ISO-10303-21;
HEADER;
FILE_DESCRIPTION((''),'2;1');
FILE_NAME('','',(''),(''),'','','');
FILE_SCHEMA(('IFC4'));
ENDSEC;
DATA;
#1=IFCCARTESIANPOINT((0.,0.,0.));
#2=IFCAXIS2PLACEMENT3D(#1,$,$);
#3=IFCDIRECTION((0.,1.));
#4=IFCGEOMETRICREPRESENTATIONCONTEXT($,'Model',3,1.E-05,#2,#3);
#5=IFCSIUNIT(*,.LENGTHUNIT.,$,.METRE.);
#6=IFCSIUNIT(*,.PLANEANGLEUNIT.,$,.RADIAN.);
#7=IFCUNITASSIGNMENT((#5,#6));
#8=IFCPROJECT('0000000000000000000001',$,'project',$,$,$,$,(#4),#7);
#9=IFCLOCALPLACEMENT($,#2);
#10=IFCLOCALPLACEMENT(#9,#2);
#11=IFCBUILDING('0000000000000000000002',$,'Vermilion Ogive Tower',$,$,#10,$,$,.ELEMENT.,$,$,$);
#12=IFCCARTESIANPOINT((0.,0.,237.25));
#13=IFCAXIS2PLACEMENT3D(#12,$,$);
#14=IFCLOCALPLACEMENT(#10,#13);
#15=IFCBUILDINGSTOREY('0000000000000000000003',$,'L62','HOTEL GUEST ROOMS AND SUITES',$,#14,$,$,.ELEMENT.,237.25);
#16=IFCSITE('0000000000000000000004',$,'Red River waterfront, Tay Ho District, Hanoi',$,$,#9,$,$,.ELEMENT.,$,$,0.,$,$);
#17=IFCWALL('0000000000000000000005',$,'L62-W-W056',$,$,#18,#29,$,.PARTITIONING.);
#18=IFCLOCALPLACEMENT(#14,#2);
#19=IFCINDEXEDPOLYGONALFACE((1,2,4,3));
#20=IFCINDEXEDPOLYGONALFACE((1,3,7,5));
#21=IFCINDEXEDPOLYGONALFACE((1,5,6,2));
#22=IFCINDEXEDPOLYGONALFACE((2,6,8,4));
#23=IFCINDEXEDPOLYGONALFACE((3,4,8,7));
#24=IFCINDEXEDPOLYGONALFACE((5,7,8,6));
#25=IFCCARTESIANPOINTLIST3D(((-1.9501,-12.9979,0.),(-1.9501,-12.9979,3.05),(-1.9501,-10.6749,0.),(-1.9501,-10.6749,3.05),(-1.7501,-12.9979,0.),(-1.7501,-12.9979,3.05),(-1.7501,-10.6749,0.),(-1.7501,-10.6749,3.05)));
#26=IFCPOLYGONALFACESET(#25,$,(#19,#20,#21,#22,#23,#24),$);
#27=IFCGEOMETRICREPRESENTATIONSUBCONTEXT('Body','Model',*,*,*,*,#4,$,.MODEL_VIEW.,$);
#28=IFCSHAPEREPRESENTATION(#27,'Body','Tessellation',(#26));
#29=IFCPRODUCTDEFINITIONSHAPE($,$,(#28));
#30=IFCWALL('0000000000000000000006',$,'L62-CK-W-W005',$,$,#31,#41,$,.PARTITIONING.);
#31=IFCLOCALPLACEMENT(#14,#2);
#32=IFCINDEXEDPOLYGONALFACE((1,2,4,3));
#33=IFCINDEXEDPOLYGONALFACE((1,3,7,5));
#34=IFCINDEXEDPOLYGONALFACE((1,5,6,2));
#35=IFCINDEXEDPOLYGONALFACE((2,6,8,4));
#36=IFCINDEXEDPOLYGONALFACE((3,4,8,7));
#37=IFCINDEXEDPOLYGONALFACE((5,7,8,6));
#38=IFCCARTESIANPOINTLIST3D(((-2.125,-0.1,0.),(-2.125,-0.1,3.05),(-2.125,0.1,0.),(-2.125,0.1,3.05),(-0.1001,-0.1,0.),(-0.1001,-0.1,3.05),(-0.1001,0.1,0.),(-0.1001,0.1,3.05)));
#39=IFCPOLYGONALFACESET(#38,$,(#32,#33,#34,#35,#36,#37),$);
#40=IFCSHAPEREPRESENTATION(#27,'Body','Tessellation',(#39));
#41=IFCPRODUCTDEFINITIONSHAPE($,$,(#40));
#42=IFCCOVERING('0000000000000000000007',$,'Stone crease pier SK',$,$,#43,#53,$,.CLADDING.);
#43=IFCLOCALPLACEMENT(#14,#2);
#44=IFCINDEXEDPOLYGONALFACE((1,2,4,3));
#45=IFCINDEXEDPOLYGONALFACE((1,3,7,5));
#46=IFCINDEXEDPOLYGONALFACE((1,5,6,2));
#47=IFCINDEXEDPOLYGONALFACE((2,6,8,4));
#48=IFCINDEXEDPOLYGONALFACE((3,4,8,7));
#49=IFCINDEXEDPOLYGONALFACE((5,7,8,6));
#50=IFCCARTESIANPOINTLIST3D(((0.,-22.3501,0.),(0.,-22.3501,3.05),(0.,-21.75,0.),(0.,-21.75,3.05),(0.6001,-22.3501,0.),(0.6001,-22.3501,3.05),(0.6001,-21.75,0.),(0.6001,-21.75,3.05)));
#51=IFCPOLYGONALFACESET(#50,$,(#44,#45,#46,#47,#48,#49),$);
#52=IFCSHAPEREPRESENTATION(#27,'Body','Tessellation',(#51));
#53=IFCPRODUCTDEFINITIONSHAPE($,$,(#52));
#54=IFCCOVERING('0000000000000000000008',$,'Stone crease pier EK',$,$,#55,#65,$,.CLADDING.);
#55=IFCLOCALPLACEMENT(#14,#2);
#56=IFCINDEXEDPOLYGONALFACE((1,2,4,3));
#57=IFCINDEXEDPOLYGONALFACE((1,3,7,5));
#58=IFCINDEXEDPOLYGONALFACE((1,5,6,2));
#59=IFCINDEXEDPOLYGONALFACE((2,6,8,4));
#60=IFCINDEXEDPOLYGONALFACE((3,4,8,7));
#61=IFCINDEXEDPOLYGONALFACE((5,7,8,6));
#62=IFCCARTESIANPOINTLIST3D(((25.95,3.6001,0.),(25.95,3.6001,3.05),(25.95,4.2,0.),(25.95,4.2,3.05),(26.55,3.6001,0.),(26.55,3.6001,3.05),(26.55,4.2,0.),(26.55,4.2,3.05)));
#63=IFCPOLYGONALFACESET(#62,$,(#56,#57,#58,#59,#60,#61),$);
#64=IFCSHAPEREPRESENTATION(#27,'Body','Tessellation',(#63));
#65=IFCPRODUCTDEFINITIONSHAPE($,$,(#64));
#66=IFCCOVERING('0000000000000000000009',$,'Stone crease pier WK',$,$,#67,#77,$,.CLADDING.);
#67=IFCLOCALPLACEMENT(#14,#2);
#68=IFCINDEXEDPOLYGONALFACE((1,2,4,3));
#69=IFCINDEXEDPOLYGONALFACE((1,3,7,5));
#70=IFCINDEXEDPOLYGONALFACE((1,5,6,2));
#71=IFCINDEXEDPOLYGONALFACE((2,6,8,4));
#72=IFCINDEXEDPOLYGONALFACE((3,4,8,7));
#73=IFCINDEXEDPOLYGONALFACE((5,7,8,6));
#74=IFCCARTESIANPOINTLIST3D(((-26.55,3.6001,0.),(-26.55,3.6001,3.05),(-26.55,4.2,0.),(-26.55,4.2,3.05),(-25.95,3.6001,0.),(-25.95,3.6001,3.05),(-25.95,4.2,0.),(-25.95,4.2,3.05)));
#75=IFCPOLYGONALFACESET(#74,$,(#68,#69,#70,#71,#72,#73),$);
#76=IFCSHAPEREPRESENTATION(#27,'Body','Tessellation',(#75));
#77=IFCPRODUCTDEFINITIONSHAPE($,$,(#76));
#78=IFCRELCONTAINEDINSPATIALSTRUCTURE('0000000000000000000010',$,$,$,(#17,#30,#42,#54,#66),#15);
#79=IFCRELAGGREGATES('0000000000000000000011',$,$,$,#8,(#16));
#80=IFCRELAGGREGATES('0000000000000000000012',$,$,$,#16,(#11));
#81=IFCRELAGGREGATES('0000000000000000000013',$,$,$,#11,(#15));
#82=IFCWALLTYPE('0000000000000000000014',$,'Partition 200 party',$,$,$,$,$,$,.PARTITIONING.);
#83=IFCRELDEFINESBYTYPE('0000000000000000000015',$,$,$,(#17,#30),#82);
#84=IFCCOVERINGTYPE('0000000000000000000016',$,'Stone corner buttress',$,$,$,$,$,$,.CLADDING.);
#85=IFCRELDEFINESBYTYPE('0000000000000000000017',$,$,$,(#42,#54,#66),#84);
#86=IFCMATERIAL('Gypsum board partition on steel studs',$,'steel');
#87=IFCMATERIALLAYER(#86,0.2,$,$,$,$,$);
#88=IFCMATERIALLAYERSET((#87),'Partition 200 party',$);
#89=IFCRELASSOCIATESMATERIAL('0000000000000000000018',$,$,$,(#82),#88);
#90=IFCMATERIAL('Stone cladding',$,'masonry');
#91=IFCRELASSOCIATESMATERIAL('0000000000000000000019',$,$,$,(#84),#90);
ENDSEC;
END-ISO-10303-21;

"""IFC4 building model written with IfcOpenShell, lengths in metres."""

from ifc_helpers import new_model, si_unit, direction, frame, frame_2d, origin, place, context, subcontext, project, spatial, polyline, rectangle, outline, extrude, material, layer, layer_set, type_object, element, save


model = new_model("IFC4")

# Units and contexts
model_context = context("Model", 3, precision=1e-05, world=origin(), true_north=direction((0.0, 1.0)))
body_context = subcontext(model_context, "Body", "Model", "MODEL_VIEW")
ifc_project = project(units=[si_unit("LENGTHUNIT", "METRE"), si_unit("PLANEANGLEUNIT", "RADIAN")], contexts=[model_context])

# Site, building, storey
site_placement = place(None, origin())
site = spatial("IfcSite", under=ifc_project, at=site_placement, Name="Red River waterfront, Tay Ho District, Hanoi", CompositionType="ELEMENT", RefElevation=0.0)
building_placement = place(site_placement, origin())
building = spatial("IfcBuilding", under=site, at=building_placement, Name="Vermilion Ogive Tower", CompositionType="ELEMENT")
storey_placement = place(building_placement, frame((0.0, 0.0, 237.25)))
storey = spatial("IfcBuildingStorey", under=building, at=storey_placement, Name="L62", Description="HOTEL GUEST ROOMS AND SUITES", CompositionType="ELEMENT", Elevation=237.25)

# Walls
ifc_material_1 = material(Name="Gypsum board partition on steel studs", Category="steel")
ifc_layer_1 = layer(ifc_material_1, 0.2)
ifc_layer_set_1 = layer_set([ifc_layer_1], Name="Partition 200 party")
wall_type = type_object("IfcWallType", Name="Partition 200 party", PredefinedType="PARTITIONING", material=ifc_layer_set_1)
wall_1_placement = place(storey_placement, frame((-1.8501, -12.998, 0.0), z_axis=(0.0, 0.0, 1.0), x_axis=(0.0, 1.0, 0.0)))
element("IfcWall", 1, at=wall_1_placement, inside=storey, type_object=wall_type, Name="L62-W-W056", PredefinedType="PARTITIONING", context=body_context, shape_type="SweptSolid", body=[
    extrude(rectangle(XDim=2.323, YDim=0.2, at=frame_2d((1.1616, 0.0))), origin(), (0.0, 0.0, 1.0), 3.05),
])
wall_2_placement = place(storey_placement, frame((-2.125, 0.0, 0.0), z_axis=(0.0, 0.0, 1.0), x_axis=(1.0, 0.0, 0.0)))
element("IfcWall", 2, at=wall_2_placement, inside=storey, type_object=wall_type, Name="L62-CK-W-W005", PredefinedType="PARTITIONING", context=body_context, shape_type="SweptSolid", body=[
    extrude(rectangle(XDim=2.0249, YDim=0.2, at=frame_2d((1.0125, 0.0))), origin(), (0.0, 0.0, 1.0), 3.05),
])

# Coverings
ifc_material_2 = material(Name="Stone cladding", Category="masonry")
covering_type = type_object("IfcCoveringType", Name="Stone corner buttress", PredefinedType="CLADDING", material=ifc_material_2)
covering_1_placement = place(storey_placement, origin())
element("IfcCovering", 3, at=covering_1_placement, inside=storey, type_object=covering_type, Name="Stone crease pier SK", PredefinedType="CLADDING", context=body_context, shape_type="SweptSolid", body=[
    extrude(outline(polyline([(0.0, -22.3501), (0.6001, -22.3501), (0.6001, -21.75), (0.0, -21.75), (0.0, -22.3501)])), origin(), (0.0, 0.0, 1.0), 3.05),
])
covering_2_placement = place(storey_placement, origin())
element("IfcCovering", 4, at=covering_2_placement, inside=storey, type_object=covering_type, Name="Stone crease pier EK", PredefinedType="CLADDING", context=body_context, shape_type="SweptSolid", body=[
    extrude(outline(polyline([(26.55, 3.6001), (26.55, 4.2), (25.95, 4.2), (25.95, 3.6001), (26.55, 3.6001)])), origin(), (0.0, 0.0, 1.0), 3.05),
])
covering_3_placement = place(storey_placement, origin())
element("IfcCovering", 5, at=covering_3_placement, inside=storey, type_object=covering_type, Name="Stone crease pier WK", PredefinedType="CLADDING", context=body_context, shape_type="SweptSolid", body=[
    extrude(outline(polyline([(-26.55, 4.2), (-26.55, 3.6001), (-25.95, 3.6001), (-25.95, 4.2), (-26.55, 4.2)])), origin(), (0.0, 0.0, 1.0), 3.05),
])

save(model, "model.ifc")
